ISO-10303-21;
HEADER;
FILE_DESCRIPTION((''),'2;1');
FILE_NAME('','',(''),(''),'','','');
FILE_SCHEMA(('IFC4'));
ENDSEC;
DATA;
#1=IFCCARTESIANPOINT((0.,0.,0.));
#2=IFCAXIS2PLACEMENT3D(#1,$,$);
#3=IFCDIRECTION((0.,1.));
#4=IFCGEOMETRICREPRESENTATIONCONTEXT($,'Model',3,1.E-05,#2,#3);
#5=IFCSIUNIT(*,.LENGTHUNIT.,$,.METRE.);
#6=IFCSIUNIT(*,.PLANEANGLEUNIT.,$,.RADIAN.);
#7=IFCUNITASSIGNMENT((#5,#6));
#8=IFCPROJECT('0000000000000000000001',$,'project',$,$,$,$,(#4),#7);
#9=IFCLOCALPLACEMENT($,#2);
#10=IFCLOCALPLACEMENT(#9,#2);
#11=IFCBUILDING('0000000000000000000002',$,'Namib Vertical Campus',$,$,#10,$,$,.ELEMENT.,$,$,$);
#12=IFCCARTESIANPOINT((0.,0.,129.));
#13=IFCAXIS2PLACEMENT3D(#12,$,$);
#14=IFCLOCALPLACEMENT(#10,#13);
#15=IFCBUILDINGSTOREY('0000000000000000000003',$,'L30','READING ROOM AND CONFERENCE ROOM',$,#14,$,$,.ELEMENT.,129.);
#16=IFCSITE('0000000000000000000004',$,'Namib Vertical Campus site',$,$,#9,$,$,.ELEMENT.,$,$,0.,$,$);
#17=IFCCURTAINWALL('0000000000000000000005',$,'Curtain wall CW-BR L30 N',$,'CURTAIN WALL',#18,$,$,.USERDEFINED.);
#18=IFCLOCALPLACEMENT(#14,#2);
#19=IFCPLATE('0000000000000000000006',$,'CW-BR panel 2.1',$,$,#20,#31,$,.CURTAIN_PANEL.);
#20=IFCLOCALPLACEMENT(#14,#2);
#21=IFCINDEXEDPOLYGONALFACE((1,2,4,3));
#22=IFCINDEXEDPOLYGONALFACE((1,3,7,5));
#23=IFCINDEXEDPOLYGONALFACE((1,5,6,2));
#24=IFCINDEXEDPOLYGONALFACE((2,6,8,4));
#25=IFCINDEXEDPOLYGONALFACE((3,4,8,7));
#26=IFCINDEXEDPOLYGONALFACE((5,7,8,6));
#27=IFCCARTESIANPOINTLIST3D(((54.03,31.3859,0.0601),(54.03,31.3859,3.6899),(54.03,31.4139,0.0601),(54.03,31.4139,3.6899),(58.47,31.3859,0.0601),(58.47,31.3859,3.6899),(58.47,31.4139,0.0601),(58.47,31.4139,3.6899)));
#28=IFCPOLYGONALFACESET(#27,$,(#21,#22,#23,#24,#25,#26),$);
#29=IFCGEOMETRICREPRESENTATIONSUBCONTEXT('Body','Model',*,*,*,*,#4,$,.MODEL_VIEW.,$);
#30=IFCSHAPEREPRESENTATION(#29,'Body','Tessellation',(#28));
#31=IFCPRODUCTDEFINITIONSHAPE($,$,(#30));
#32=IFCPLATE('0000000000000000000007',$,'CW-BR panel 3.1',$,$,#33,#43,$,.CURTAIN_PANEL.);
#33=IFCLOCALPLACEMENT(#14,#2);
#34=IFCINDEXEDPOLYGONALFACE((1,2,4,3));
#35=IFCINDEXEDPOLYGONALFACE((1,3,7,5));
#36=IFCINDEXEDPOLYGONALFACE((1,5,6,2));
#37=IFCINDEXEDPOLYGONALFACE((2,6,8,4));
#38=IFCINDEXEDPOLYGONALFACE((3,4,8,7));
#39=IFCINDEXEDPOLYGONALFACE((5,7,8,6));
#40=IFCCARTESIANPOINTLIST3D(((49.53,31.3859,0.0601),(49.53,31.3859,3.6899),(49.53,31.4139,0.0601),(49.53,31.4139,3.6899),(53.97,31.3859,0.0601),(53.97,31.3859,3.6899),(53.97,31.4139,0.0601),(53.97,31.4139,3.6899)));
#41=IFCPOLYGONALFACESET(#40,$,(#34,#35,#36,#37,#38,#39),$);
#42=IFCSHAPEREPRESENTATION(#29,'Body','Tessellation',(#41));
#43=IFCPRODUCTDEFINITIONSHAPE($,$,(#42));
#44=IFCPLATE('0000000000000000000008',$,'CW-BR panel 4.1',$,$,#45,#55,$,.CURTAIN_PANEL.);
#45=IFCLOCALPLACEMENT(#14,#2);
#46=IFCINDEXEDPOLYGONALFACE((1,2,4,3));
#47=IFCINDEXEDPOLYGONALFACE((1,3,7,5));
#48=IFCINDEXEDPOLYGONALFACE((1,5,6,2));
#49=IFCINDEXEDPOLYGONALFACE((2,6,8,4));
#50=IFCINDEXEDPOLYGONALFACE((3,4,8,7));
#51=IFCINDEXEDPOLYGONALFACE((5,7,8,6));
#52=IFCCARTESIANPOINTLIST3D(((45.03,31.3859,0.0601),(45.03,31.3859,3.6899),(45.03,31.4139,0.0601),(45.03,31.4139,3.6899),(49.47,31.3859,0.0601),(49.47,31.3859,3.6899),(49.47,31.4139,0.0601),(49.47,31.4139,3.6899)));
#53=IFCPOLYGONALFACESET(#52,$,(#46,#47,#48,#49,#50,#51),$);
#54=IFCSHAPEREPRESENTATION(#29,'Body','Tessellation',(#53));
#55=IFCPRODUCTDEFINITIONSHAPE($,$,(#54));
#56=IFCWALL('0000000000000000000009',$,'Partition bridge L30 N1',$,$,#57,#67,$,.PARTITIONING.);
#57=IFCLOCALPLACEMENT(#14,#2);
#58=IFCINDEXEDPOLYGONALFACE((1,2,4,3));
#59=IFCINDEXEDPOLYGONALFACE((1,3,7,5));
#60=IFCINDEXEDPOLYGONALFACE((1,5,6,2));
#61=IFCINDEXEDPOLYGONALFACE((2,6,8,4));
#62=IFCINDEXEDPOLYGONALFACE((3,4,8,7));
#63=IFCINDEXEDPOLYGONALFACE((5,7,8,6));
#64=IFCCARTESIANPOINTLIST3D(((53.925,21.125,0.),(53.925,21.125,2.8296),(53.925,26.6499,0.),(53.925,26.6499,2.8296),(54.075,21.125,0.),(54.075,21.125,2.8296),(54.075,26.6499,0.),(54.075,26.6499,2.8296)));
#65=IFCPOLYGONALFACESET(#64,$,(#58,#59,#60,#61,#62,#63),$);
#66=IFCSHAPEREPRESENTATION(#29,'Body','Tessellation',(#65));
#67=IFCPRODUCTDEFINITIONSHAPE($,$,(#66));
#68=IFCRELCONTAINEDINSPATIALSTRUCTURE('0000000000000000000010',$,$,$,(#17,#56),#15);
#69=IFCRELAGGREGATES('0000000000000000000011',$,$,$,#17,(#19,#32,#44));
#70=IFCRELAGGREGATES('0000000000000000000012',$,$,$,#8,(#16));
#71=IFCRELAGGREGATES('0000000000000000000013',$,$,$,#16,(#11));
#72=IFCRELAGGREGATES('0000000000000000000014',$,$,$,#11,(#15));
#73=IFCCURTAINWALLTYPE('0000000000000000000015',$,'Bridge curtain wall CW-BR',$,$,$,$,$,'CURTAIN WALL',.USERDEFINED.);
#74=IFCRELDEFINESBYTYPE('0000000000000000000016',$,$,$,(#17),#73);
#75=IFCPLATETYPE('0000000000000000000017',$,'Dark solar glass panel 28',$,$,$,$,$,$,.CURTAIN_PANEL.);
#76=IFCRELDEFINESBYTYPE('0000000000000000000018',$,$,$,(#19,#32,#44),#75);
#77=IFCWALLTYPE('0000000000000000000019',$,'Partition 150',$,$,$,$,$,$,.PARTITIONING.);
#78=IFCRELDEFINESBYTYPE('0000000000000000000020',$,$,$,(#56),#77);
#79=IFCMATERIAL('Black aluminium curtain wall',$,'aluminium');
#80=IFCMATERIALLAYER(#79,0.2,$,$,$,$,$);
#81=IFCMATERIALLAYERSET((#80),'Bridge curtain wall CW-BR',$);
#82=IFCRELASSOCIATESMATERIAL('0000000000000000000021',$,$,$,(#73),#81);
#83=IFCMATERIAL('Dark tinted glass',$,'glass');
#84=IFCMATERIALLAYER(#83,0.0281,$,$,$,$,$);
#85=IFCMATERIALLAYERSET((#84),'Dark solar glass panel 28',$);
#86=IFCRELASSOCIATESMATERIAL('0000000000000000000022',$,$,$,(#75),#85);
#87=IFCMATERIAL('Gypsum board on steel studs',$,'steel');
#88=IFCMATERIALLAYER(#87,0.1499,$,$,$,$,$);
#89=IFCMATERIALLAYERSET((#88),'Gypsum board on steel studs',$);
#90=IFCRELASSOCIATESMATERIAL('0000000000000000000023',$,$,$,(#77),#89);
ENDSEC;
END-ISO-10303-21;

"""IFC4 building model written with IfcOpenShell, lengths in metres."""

from ifc_helpers import new_model, si_unit, direction, frame, frame_2d, origin, origin_2d, place, context, subcontext, project, spatial, rectangle, extrude, material, layer, layer_set, type_object, element, aggregate, save


model = new_model("IFC4")

# Units and contexts
model_context = context("Model", 3, precision=1e-05, world=origin(), true_north=direction((0.0, 1.0)))
body_context = subcontext(model_context, "Body", "Model", "MODEL_VIEW")
ifc_project = project(units=[si_unit("LENGTHUNIT", "METRE"), si_unit("PLANEANGLEUNIT", "RADIAN")], contexts=[model_context])

# Site, building, storey
site_placement = place(None, origin())
site = spatial("IfcSite", under=ifc_project, at=site_placement, Name="Namib Vertical Campus site", CompositionType="ELEMENT", RefElevation=0.0)
building_placement = place(site_placement, origin())
building = spatial("IfcBuilding", under=site, at=building_placement, Name="Namib Vertical Campus", CompositionType="ELEMENT")
storey_placement = place(building_placement, frame((0.0, 0.0, 129.0)))
storey = spatial("IfcBuildingStorey", under=building, at=storey_placement, Name="L30", Description="READING ROOM AND CONFERENCE ROOM", CompositionType="ELEMENT", Elevation=129.0)

# Curtain wall, plates
ifc_material_1 = material(Name="Black aluminium curtain wall", Category="aluminium")
ifc_layer_1 = layer(ifc_material_1, 0.2)
ifc_layer_set_1 = layer_set([ifc_layer_1], Name="Bridge curtain wall CW-BR")
curtain_wall_type = type_object("IfcCurtainWallType", Name="Bridge curtain wall CW-BR", ElementType="CURTAIN WALL", PredefinedType="USERDEFINED", material=ifc_layer_set_1)
curtain_wall_placement = place(storey_placement, origin())
curtain_wall = element("IfcCurtainWall", 1, at=curtain_wall_placement, inside=storey, type_object=curtain_wall_type, Name="Curtain wall CW-BR L30 N", ObjectType="CURTAIN WALL", PredefinedType="USERDEFINED")
ifc_material_2 = material(Name="Dark tinted glass", Category="glass")
ifc_layer_2 = layer(ifc_material_2, 0.0281)
ifc_layer_set_2 = layer_set([ifc_layer_2], Name="Dark solar glass panel 28")
plate_type = type_object("IfcPlateType", Name="Dark solar glass panel 28", PredefinedType="CURTAIN_PANEL", material=ifc_layer_set_2)
plate_1_placement = place(storey_placement, frame((56.25, 31.3999, 0.0601), z_axis=(0.0, 0.0, 1.0), x_axis=(-1.0, 0.0, 0.0)))
plate_1 = element("IfcPlate", 2, at=plate_1_placement, type_object=plate_type, Name="CW-BR panel 2.1", PredefinedType="CURTAIN_PANEL", context=body_context, shape_type="SweptSolid", body=[
    extrude(rectangle(XDim=4.4399, YDim=0.0281, at=origin_2d()), origin(), (0.0, 0.0, 1.0), 3.6299),
])
plate_2_placement = place(storey_placement, frame((51.75, 31.3999, 0.0601), z_axis=(0.0, 0.0, 1.0), x_axis=(-1.0, 0.0, 0.0)))
plate_2 = element("IfcPlate", 3, at=plate_2_placement, type_object=plate_type, Name="CW-BR panel 3.1", PredefinedType="CURTAIN_PANEL", context=body_context, shape_type="SweptSolid", body=[
    extrude(rectangle(XDim=4.4399, YDim=0.0281, at=origin_2d()), origin(), (0.0, 0.0, 1.0), 3.6299),
])
plate_3_placement = place(storey_placement, frame((47.25, 31.3999, 0.0601), z_axis=(0.0, 0.0, 1.0), x_axis=(-1.0, 0.0, 0.0)))
plate_3 = element("IfcPlate", 4, at=plate_3_placement, type_object=plate_type, Name="CW-BR panel 4.1", PredefinedType="CURTAIN_PANEL", context=body_context, shape_type="SweptSolid", body=[
    extrude(rectangle(XDim=4.4399, YDim=0.0281, at=origin_2d()), origin(), (0.0, 0.0, 1.0), 3.6299),
])
aggregate(curtain_wall, [plate_1, plate_2, plate_3])

# Wall
ifc_material_3 = material(Name="Gypsum board on steel studs", Category="steel")
ifc_layer_3 = layer(ifc_material_3, 0.1499)
ifc_layer_set_3 = layer_set([ifc_layer_3], Name="Gypsum board on steel studs")
wall_type = type_object("IfcWallType", Name="Partition 150", PredefinedType="PARTITIONING", material=ifc_layer_set_3)
wall_placement = place(storey_placement, frame((54.0, 26.6499, 0.0), z_axis=(0.0, 0.0, 1.0), x_axis=(0.0, -1.0, 0.0)))
element("IfcWall", 5, at=wall_placement, inside=storey, type_object=wall_type, Name="Partition bridge L30 N1", PredefinedType="PARTITIONING", context=body_context, shape_type="SweptSolid", body=[
    extrude(rectangle(XDim=5.5249, YDim=0.1499, at=frame_2d((2.7625, 0.0))), origin(), (0.0, 0.0, 1.0), 2.8296),
])

save(model, "model.ifc")
